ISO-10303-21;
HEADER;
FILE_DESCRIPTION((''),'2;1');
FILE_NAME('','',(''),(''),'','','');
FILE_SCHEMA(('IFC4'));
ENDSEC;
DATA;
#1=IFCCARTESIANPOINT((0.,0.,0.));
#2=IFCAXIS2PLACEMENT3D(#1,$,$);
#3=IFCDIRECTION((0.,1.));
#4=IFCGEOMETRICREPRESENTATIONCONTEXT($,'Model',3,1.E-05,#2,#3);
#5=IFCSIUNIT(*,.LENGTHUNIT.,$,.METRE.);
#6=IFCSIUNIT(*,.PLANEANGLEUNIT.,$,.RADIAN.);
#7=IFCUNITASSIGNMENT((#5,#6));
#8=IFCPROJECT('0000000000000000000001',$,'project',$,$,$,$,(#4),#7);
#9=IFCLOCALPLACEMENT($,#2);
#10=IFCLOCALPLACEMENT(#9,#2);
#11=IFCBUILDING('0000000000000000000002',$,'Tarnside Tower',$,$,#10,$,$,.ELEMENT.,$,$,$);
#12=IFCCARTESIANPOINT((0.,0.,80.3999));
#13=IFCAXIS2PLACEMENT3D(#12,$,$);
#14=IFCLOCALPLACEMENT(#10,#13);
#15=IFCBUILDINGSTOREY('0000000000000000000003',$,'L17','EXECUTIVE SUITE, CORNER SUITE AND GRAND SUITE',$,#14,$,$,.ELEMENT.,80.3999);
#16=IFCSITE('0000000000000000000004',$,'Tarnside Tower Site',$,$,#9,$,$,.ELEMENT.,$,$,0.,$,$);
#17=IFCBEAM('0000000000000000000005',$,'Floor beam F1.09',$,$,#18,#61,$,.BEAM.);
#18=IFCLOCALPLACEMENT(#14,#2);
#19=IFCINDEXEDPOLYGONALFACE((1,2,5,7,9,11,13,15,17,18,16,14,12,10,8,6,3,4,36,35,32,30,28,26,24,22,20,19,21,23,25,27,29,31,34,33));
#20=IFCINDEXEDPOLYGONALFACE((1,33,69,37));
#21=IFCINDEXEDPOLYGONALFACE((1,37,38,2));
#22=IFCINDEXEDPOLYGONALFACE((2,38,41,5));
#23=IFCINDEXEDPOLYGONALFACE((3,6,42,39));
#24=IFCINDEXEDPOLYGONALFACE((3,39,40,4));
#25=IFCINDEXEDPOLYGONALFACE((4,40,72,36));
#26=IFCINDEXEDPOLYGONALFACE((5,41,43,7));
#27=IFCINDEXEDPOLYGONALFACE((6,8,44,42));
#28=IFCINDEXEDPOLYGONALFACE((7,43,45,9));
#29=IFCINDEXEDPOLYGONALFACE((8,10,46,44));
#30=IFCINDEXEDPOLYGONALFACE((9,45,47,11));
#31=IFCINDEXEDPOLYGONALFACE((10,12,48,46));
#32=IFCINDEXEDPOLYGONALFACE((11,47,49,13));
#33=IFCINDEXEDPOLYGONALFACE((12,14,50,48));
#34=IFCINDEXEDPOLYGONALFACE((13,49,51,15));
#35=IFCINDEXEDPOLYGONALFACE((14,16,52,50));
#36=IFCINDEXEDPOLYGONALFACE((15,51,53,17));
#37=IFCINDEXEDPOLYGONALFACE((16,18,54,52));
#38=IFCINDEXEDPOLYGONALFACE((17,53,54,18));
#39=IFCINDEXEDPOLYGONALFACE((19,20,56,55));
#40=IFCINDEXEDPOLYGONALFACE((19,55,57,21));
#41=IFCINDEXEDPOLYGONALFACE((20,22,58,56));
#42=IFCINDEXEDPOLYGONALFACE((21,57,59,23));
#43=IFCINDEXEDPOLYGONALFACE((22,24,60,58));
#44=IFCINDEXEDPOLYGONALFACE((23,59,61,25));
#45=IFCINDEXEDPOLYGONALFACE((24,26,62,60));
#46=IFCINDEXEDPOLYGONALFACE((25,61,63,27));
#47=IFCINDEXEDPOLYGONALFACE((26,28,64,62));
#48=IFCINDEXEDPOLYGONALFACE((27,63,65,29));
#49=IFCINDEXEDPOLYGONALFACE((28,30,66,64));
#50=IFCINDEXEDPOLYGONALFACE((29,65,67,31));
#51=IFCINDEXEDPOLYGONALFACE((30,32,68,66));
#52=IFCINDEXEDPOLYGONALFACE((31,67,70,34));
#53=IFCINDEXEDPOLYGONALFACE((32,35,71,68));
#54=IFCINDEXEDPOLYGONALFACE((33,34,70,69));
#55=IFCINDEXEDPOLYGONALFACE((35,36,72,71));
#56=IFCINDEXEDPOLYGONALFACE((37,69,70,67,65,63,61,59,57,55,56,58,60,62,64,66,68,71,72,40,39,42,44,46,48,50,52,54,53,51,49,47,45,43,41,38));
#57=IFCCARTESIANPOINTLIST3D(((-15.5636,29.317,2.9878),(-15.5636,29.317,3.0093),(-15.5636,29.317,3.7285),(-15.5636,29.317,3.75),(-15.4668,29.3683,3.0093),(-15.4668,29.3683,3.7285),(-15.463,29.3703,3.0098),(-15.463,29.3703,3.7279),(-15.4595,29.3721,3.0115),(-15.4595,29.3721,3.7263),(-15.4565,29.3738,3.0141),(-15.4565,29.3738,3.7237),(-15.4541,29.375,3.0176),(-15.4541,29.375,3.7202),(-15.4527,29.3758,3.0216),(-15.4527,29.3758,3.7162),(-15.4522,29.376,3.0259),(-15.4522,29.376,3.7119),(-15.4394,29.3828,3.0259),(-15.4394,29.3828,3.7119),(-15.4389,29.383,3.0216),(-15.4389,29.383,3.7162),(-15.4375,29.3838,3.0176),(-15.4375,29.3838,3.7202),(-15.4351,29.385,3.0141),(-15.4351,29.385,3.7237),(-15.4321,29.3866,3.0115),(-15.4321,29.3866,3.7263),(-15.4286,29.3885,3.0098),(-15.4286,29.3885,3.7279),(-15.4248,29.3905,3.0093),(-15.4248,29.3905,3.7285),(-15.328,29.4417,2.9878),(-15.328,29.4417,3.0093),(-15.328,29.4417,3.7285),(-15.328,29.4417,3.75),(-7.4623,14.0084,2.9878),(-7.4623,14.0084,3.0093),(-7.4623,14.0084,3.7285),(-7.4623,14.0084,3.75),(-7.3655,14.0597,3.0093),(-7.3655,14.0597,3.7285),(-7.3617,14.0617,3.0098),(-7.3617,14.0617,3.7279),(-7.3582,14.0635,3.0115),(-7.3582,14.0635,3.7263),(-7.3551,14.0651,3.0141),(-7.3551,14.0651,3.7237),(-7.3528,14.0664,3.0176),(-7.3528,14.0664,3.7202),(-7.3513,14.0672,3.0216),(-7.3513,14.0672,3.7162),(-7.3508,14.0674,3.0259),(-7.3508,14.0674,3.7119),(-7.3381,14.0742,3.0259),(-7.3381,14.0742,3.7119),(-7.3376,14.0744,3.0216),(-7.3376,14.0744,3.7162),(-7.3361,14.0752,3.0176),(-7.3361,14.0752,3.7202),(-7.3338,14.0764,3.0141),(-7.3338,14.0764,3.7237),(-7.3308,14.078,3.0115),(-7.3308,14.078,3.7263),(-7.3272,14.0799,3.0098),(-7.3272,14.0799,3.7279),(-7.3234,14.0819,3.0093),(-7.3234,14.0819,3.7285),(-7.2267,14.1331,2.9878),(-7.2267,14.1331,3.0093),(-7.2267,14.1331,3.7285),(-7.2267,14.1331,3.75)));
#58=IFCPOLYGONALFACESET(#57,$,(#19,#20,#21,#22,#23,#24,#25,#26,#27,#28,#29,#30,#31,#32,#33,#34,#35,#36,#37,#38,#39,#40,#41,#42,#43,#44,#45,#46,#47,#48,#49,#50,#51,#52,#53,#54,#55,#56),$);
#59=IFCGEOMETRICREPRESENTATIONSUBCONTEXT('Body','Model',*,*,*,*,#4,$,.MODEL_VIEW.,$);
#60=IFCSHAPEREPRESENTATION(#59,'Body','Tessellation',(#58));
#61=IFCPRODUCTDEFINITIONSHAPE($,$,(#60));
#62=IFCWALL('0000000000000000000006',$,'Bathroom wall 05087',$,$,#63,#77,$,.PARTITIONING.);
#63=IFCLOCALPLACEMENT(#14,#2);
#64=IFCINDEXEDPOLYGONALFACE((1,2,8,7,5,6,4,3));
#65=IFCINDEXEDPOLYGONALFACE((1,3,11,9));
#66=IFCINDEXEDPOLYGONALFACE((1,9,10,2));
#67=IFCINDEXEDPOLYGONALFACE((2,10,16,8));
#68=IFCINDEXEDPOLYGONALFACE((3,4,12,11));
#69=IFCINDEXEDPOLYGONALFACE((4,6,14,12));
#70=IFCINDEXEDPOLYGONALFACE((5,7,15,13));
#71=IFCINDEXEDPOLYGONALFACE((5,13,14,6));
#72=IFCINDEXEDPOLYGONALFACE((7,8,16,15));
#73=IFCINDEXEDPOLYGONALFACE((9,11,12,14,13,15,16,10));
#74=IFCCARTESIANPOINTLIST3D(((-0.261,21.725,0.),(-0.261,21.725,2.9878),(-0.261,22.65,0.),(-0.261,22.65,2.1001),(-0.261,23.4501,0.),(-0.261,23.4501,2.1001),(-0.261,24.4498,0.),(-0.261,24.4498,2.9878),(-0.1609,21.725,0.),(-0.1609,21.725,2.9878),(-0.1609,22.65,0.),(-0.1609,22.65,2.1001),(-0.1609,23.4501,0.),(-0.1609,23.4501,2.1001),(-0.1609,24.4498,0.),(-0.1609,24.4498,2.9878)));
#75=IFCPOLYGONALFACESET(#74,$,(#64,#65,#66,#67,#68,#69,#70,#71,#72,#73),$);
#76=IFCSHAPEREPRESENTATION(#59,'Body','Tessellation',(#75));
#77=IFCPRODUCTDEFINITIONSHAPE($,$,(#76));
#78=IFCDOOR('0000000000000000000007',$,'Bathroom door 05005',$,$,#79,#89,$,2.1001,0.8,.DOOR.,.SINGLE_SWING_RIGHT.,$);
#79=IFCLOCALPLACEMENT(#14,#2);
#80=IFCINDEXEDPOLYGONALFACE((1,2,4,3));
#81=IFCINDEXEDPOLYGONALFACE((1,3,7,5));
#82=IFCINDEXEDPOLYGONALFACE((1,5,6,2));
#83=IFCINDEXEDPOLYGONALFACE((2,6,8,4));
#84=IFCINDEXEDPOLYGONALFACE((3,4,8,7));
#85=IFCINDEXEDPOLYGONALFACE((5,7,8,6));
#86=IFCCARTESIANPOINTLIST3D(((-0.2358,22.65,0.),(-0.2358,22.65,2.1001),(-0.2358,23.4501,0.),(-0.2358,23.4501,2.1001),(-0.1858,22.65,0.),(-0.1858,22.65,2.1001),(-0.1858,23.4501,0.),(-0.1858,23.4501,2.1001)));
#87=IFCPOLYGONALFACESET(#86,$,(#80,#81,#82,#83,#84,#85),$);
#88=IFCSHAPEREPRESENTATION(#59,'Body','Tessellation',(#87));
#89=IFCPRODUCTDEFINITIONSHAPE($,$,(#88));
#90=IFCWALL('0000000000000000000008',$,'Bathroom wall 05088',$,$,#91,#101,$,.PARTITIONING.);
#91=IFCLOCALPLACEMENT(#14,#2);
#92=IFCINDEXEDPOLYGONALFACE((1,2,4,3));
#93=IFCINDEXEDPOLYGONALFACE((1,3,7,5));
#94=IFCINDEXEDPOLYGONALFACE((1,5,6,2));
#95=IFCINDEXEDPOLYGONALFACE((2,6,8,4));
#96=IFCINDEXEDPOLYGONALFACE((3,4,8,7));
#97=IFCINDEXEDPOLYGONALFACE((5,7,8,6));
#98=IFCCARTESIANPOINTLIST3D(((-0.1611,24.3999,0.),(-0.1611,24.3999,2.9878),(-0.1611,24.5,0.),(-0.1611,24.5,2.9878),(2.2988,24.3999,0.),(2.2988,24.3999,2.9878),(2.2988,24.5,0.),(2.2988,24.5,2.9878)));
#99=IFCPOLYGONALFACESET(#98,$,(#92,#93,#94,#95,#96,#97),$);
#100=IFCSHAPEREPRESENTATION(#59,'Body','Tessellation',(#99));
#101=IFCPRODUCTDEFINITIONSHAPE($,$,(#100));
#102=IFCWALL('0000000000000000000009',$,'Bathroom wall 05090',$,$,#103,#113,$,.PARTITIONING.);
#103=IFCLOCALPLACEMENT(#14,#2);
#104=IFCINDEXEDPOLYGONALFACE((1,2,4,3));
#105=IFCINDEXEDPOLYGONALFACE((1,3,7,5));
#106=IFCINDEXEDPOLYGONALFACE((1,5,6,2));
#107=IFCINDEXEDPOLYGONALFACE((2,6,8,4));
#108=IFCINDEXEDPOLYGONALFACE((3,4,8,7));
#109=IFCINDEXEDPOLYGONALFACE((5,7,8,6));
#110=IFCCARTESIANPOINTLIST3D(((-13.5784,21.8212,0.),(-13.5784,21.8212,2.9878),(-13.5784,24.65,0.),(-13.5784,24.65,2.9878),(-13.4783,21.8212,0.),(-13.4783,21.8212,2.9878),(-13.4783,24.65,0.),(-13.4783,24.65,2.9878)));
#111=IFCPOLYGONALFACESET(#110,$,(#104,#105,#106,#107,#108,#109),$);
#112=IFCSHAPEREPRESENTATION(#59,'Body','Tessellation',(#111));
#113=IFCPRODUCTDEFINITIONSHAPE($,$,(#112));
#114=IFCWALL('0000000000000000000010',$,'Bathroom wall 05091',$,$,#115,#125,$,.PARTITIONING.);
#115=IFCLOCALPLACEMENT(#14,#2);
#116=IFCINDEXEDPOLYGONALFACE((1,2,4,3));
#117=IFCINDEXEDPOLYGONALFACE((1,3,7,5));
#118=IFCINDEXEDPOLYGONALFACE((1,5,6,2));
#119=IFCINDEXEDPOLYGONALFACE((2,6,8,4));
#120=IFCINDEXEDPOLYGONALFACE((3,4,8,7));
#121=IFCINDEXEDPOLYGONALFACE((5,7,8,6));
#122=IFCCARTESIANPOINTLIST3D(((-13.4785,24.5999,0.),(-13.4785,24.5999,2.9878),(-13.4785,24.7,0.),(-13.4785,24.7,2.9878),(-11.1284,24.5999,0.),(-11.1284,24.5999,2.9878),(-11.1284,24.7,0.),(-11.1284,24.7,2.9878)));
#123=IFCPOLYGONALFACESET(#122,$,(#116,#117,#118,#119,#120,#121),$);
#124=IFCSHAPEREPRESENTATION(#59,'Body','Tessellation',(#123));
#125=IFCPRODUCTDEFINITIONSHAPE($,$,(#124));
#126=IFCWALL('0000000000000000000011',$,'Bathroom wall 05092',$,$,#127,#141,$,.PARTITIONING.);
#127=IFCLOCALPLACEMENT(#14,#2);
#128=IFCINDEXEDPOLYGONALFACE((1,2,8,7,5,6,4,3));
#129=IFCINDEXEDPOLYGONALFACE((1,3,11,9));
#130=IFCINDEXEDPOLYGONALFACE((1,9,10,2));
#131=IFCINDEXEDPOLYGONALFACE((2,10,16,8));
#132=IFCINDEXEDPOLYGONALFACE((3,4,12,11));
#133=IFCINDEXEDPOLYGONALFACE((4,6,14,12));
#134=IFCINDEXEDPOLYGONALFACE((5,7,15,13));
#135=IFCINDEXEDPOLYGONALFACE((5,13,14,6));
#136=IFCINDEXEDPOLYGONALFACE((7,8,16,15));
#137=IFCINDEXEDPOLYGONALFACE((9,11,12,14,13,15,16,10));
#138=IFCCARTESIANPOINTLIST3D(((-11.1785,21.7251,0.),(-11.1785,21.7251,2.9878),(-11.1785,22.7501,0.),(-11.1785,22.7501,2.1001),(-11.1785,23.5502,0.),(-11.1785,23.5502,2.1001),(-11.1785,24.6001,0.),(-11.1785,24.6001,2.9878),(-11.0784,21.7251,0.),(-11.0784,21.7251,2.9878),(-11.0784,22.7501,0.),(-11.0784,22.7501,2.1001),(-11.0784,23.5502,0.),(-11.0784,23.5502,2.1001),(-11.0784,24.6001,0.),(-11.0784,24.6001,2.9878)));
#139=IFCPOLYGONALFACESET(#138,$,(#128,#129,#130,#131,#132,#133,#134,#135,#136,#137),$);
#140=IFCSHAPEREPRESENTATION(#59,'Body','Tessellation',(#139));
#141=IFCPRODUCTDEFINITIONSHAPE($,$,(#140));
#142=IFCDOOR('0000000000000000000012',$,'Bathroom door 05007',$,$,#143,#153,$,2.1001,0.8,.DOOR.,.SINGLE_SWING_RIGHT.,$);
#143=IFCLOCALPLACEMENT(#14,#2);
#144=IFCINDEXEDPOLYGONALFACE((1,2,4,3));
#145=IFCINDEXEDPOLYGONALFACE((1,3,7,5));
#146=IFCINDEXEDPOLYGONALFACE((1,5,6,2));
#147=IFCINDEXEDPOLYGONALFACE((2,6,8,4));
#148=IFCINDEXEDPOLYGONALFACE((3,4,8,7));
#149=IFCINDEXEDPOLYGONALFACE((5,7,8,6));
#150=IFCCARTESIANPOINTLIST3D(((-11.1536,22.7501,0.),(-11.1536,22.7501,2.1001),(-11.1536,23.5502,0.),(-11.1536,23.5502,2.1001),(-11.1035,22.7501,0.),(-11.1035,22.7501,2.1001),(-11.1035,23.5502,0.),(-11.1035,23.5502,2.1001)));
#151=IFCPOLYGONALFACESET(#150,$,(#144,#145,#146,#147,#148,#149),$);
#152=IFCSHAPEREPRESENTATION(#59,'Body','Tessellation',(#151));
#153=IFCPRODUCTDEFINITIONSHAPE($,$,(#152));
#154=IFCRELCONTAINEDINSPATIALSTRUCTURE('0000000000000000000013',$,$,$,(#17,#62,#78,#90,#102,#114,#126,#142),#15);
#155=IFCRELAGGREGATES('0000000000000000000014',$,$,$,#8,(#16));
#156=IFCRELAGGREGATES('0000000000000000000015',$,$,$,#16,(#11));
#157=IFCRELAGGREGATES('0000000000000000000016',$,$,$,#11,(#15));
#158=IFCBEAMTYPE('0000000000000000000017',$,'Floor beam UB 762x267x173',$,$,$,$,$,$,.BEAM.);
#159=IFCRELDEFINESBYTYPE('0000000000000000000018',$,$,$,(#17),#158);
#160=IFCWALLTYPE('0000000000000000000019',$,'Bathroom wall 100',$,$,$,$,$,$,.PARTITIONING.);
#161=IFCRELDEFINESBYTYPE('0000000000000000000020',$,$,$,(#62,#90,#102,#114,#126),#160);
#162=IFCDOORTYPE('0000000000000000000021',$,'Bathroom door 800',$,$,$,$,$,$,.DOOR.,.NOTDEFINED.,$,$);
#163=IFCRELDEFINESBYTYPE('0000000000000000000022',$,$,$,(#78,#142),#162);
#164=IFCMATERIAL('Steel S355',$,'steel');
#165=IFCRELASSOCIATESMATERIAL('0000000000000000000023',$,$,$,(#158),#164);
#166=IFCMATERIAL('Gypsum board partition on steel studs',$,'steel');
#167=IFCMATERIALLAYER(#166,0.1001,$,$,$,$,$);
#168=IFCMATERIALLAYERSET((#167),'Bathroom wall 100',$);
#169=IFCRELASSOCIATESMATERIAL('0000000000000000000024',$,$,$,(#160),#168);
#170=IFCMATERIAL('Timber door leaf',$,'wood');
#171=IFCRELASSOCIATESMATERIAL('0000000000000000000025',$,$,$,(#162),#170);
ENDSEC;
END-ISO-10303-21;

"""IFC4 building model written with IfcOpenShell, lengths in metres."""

from ifc_helpers import new_model, si_unit, direction, frame, frame_2d, origin, origin_2d, place, context, subcontext, project, spatial, rectangle, i_section, extrude, material, layer, layer_set, material_profile, profile_set, type_object, element, fill, save


model = new_model("IFC4")

# Units and contexts
model_context = context("Model", 3, precision=1e-05, world=origin(), true_north=direction((0.0, 1.0)))
body_context = subcontext(model_context, "Body", "Model", "MODEL_VIEW")
ifc_project = project(units=[si_unit("LENGTHUNIT", "METRE"), si_unit("PLANEANGLEUNIT", "RADIAN")], contexts=[model_context])

# Site, building, storey
site_placement = place(None, origin())
site = spatial("IfcSite", under=ifc_project, at=site_placement, Name="Tarnside Tower Site", CompositionType="ELEMENT", RefElevation=0.0)
building_placement = place(site_placement, origin())
building = spatial("IfcBuilding", under=site, at=building_placement, Name="Tarnside Tower", CompositionType="ELEMENT")
storey_placement = place(building_placement, frame((0.0, 0.0, 80.3999)))
storey = spatial("IfcBuildingStorey", under=building, at=storey_placement, Name="L17", Description="EXECUTIVE SUITE, CORNER SUITE AND GRAND SUITE", CompositionType="ELEMENT", Elevation=80.3999)

# Beam
ifc_material_1 = material(Name="Steel S355", Category="steel")
ifc_material_profile_1 = material_profile(ifc_material_1, i_section(OverallWidth=0.2666, OverallDepth=0.7622, WebThickness=0.0144, FlangeThickness=0.0215, FilletRadius=0.0166, at=origin_2d()), Name="UB 762x267x173")
ifc_profile_set_1 = profile_set([ifc_material_profile_1], Name="Steel S355")
beam_type_1 = type_object("IfcBeamType", Name="Floor beam UB 762x267x173", PredefinedType="BEAM", material=ifc_profile_set_1)
beam_1_placement = place(storey_placement, frame((-15.4458, 29.3794, 3.3689), z_axis=(0.467742, -0.883865, 0.0), x_axis=(0.883865, 0.467742, 0.0)))
element("IfcBeam", 1, at=beam_1_placement, inside=storey, type_object=beam_type_1, Name="Floor beam F1.09", PredefinedType="BEAM", context=body_context, shape_type="SweptSolid", body=[
    extrude(i_section(OverallWidth=0.2666, OverallDepth=0.7622, WebThickness=0.0144, FlangeThickness=0.0215, FilletRadius=0.0166, at=origin_2d()), origin(), (0.0, 0.0, 1.0), 17.3201),
])

# Wall, opening, door
ifc_material_2 = material(Name="Gypsum board partition on steel studs", Category="steel")
ifc_layer_1 = layer(ifc_material_2, 0.1001)
ifc_layer_set_1 = layer_set([ifc_layer_1], Name="Bathroom wall 100")
wall_type_1 = type_object("IfcWallType", Name="Bathroom wall 100", PredefinedType="PARTITIONING", material=ifc_layer_set_1)
wall_1_placement = place(storey_placement, frame((-0.2109, 21.7251, 0.0), z_axis=(0.0, 0.0, 1.0), x_axis=(0.0, 1.0, 0.0)))
wall_1 = element("IfcWall", 2, at=wall_1_placement, inside=storey, type_object=wall_type_1, Name="Bathroom wall 05087", PredefinedType="PARTITIONING", context=body_context, shape_type="SweptSolid", body=[
    extrude(rectangle(XDim=2.7249, YDim=0.1001, at=frame_2d((1.3623, 0.0))), origin(), (0.0, 0.0, 1.0), 2.9878),
])
opening_1_placement = place(wall_1_placement, frame((0.925, 0.0, 0.0)))
opening_1 = element("IfcOpeningElement", 3, at=opening_1_placement, cuts=wall_1, PredefinedType="OPENING", context=body_context, shape_type="SweptSolid", body=[
    extrude(rectangle(XDim=0.8, YDim=2.1001, at=frame_2d((0.3999, 1.05))), frame((0.0, 0.0601, 0.0), z_axis=(0.0, -1.0, 0.0), x_axis=(1.0, 0.0, 0.0)), (0.0, 0.0, 1.0), 0.1201),
])
ifc_material_3 = material(Name="Timber door leaf", Category="wood")
door_type_1 = type_object("IfcDoorType", Name="Bathroom door 800", OperationType="NOTDEFINED", PredefinedType="DOOR", material=ifc_material_3)
door_1_placement = place(opening_1_placement, origin())
door_1 = element("IfcDoor", 4, at=door_1_placement, inside=storey, type_object=door_type_1, Name="Bathroom door 05005", OperationType="SINGLE_SWING_RIGHT", OverallHeight=2.1001, OverallWidth=0.8, PredefinedType="DOOR", context=body_context, shape_type="SweptSolid", body=[
    extrude(rectangle(XDim=0.8, YDim=2.1001, at=frame_2d((0.3999, 1.05))), frame((0.0, 0.0249, 0.0), z_axis=(0.0, -1.0, 0.0), x_axis=(1.0, 0.0, 0.0)), (0.0, 0.0, 1.0), 0.05),
])
fill(opening_1, door_1)

# Walls
wall_2_placement = place(storey_placement, frame((-0.1611, 24.45, 0.0), z_axis=(0.0, 0.0, 1.0), x_axis=(1.0, 0.0, 0.0)))
element("IfcWall", 5, at=wall_2_placement, inside=storey, type_object=wall_type_1, Name="Bathroom wall 05088", PredefinedType="PARTITIONING", context=body_context, shape_type="SweptSolid", body=[
    extrude(rectangle(XDim=2.46, YDim=0.1001, at=frame_2d((1.23, 0.0))), origin(), (0.0, 0.0, 1.0), 2.9878),
])
wall_3_placement = place(storey_placement, frame((-13.5283, 21.821, 0.0), z_axis=(0.0, 0.0, 1.0), x_axis=(0.0, 1.0, 0.0)))
element("IfcWall", 6, at=wall_3_placement, inside=storey, type_object=wall_type_1, Name="Bathroom wall 05090", PredefinedType="PARTITIONING", context=body_context, shape_type="SweptSolid", body=[
    extrude(rectangle(XDim=2.8289, YDim=0.1001, at=frame_2d((1.4146, 0.0))), origin(), (0.0, 0.0, 1.0), 2.9878),
])
wall_4_placement = place(storey_placement, frame((-13.4785, 24.6499, 0.0), z_axis=(0.0, 0.0, 1.0), x_axis=(1.0, 0.0, 0.0)))
element("IfcWall", 7, at=wall_4_placement, inside=storey, type_object=wall_type_1, Name="Bathroom wall 05091", PredefinedType="PARTITIONING", context=body_context, shape_type="SweptSolid", body=[
    extrude(rectangle(XDim=2.3501, YDim=0.1001, at=frame_2d((1.175, 0.0))), origin(), (0.0, 0.0, 1.0), 2.9878),
])

# Wall, opening, door
wall_5_placement = place(storey_placement, frame((-11.1284, 24.6001, 0.0), z_axis=(0.0, 0.0, 1.0), x_axis=(0.0, -1.0, 0.0)))
wall_5 = element("IfcWall", 8, at=wall_5_placement, inside=storey, type_object=wall_type_1, Name="Bathroom wall 05092", PredefinedType="PARTITIONING", context=body_context, shape_type="SweptSolid", body=[
    extrude(rectangle(XDim=2.875, YDim=0.1001, at=frame_2d((1.4375, 0.0))), origin(), (0.0, 0.0, 1.0), 2.9878),
])
opening_2_placement = place(wall_5_placement, frame((1.05, 0.0, 0.0)))
opening_2 = element("IfcOpeningElement", 9, at=opening_2_placement, cuts=wall_5, PredefinedType="OPENING", context=body_context, shape_type="SweptSolid", body=[
    extrude(rectangle(XDim=0.8, YDim=2.1001, at=frame_2d((0.3999, 1.05))), frame((0.0, 0.0601, 0.0), z_axis=(0.0, -1.0, 0.0), x_axis=(1.0, 0.0, 0.0)), (0.0, 0.0, 1.0), 0.1201),
])
door_2_placement = place(opening_2_placement, origin())
door_2 = element("IfcDoor", 10, at=door_2_placement, inside=storey, type_object=door_type_1, Name="Bathroom door 05007", OperationType="SINGLE_SWING_RIGHT", OverallHeight=2.1001, OverallWidth=0.8, PredefinedType="DOOR", context=body_context, shape_type="SweptSolid", body=[
    extrude(rectangle(XDim=0.8, YDim=2.1001, at=frame_2d((0.3999, 1.05))), frame((0.0, 0.0249, 0.0), z_axis=(0.0, -1.0, 0.0), x_axis=(1.0, 0.0, 0.0)), (0.0, 0.0, 1.0), 0.05),
])
fill(opening_2, door_2)

save(model, "model.ifc")
